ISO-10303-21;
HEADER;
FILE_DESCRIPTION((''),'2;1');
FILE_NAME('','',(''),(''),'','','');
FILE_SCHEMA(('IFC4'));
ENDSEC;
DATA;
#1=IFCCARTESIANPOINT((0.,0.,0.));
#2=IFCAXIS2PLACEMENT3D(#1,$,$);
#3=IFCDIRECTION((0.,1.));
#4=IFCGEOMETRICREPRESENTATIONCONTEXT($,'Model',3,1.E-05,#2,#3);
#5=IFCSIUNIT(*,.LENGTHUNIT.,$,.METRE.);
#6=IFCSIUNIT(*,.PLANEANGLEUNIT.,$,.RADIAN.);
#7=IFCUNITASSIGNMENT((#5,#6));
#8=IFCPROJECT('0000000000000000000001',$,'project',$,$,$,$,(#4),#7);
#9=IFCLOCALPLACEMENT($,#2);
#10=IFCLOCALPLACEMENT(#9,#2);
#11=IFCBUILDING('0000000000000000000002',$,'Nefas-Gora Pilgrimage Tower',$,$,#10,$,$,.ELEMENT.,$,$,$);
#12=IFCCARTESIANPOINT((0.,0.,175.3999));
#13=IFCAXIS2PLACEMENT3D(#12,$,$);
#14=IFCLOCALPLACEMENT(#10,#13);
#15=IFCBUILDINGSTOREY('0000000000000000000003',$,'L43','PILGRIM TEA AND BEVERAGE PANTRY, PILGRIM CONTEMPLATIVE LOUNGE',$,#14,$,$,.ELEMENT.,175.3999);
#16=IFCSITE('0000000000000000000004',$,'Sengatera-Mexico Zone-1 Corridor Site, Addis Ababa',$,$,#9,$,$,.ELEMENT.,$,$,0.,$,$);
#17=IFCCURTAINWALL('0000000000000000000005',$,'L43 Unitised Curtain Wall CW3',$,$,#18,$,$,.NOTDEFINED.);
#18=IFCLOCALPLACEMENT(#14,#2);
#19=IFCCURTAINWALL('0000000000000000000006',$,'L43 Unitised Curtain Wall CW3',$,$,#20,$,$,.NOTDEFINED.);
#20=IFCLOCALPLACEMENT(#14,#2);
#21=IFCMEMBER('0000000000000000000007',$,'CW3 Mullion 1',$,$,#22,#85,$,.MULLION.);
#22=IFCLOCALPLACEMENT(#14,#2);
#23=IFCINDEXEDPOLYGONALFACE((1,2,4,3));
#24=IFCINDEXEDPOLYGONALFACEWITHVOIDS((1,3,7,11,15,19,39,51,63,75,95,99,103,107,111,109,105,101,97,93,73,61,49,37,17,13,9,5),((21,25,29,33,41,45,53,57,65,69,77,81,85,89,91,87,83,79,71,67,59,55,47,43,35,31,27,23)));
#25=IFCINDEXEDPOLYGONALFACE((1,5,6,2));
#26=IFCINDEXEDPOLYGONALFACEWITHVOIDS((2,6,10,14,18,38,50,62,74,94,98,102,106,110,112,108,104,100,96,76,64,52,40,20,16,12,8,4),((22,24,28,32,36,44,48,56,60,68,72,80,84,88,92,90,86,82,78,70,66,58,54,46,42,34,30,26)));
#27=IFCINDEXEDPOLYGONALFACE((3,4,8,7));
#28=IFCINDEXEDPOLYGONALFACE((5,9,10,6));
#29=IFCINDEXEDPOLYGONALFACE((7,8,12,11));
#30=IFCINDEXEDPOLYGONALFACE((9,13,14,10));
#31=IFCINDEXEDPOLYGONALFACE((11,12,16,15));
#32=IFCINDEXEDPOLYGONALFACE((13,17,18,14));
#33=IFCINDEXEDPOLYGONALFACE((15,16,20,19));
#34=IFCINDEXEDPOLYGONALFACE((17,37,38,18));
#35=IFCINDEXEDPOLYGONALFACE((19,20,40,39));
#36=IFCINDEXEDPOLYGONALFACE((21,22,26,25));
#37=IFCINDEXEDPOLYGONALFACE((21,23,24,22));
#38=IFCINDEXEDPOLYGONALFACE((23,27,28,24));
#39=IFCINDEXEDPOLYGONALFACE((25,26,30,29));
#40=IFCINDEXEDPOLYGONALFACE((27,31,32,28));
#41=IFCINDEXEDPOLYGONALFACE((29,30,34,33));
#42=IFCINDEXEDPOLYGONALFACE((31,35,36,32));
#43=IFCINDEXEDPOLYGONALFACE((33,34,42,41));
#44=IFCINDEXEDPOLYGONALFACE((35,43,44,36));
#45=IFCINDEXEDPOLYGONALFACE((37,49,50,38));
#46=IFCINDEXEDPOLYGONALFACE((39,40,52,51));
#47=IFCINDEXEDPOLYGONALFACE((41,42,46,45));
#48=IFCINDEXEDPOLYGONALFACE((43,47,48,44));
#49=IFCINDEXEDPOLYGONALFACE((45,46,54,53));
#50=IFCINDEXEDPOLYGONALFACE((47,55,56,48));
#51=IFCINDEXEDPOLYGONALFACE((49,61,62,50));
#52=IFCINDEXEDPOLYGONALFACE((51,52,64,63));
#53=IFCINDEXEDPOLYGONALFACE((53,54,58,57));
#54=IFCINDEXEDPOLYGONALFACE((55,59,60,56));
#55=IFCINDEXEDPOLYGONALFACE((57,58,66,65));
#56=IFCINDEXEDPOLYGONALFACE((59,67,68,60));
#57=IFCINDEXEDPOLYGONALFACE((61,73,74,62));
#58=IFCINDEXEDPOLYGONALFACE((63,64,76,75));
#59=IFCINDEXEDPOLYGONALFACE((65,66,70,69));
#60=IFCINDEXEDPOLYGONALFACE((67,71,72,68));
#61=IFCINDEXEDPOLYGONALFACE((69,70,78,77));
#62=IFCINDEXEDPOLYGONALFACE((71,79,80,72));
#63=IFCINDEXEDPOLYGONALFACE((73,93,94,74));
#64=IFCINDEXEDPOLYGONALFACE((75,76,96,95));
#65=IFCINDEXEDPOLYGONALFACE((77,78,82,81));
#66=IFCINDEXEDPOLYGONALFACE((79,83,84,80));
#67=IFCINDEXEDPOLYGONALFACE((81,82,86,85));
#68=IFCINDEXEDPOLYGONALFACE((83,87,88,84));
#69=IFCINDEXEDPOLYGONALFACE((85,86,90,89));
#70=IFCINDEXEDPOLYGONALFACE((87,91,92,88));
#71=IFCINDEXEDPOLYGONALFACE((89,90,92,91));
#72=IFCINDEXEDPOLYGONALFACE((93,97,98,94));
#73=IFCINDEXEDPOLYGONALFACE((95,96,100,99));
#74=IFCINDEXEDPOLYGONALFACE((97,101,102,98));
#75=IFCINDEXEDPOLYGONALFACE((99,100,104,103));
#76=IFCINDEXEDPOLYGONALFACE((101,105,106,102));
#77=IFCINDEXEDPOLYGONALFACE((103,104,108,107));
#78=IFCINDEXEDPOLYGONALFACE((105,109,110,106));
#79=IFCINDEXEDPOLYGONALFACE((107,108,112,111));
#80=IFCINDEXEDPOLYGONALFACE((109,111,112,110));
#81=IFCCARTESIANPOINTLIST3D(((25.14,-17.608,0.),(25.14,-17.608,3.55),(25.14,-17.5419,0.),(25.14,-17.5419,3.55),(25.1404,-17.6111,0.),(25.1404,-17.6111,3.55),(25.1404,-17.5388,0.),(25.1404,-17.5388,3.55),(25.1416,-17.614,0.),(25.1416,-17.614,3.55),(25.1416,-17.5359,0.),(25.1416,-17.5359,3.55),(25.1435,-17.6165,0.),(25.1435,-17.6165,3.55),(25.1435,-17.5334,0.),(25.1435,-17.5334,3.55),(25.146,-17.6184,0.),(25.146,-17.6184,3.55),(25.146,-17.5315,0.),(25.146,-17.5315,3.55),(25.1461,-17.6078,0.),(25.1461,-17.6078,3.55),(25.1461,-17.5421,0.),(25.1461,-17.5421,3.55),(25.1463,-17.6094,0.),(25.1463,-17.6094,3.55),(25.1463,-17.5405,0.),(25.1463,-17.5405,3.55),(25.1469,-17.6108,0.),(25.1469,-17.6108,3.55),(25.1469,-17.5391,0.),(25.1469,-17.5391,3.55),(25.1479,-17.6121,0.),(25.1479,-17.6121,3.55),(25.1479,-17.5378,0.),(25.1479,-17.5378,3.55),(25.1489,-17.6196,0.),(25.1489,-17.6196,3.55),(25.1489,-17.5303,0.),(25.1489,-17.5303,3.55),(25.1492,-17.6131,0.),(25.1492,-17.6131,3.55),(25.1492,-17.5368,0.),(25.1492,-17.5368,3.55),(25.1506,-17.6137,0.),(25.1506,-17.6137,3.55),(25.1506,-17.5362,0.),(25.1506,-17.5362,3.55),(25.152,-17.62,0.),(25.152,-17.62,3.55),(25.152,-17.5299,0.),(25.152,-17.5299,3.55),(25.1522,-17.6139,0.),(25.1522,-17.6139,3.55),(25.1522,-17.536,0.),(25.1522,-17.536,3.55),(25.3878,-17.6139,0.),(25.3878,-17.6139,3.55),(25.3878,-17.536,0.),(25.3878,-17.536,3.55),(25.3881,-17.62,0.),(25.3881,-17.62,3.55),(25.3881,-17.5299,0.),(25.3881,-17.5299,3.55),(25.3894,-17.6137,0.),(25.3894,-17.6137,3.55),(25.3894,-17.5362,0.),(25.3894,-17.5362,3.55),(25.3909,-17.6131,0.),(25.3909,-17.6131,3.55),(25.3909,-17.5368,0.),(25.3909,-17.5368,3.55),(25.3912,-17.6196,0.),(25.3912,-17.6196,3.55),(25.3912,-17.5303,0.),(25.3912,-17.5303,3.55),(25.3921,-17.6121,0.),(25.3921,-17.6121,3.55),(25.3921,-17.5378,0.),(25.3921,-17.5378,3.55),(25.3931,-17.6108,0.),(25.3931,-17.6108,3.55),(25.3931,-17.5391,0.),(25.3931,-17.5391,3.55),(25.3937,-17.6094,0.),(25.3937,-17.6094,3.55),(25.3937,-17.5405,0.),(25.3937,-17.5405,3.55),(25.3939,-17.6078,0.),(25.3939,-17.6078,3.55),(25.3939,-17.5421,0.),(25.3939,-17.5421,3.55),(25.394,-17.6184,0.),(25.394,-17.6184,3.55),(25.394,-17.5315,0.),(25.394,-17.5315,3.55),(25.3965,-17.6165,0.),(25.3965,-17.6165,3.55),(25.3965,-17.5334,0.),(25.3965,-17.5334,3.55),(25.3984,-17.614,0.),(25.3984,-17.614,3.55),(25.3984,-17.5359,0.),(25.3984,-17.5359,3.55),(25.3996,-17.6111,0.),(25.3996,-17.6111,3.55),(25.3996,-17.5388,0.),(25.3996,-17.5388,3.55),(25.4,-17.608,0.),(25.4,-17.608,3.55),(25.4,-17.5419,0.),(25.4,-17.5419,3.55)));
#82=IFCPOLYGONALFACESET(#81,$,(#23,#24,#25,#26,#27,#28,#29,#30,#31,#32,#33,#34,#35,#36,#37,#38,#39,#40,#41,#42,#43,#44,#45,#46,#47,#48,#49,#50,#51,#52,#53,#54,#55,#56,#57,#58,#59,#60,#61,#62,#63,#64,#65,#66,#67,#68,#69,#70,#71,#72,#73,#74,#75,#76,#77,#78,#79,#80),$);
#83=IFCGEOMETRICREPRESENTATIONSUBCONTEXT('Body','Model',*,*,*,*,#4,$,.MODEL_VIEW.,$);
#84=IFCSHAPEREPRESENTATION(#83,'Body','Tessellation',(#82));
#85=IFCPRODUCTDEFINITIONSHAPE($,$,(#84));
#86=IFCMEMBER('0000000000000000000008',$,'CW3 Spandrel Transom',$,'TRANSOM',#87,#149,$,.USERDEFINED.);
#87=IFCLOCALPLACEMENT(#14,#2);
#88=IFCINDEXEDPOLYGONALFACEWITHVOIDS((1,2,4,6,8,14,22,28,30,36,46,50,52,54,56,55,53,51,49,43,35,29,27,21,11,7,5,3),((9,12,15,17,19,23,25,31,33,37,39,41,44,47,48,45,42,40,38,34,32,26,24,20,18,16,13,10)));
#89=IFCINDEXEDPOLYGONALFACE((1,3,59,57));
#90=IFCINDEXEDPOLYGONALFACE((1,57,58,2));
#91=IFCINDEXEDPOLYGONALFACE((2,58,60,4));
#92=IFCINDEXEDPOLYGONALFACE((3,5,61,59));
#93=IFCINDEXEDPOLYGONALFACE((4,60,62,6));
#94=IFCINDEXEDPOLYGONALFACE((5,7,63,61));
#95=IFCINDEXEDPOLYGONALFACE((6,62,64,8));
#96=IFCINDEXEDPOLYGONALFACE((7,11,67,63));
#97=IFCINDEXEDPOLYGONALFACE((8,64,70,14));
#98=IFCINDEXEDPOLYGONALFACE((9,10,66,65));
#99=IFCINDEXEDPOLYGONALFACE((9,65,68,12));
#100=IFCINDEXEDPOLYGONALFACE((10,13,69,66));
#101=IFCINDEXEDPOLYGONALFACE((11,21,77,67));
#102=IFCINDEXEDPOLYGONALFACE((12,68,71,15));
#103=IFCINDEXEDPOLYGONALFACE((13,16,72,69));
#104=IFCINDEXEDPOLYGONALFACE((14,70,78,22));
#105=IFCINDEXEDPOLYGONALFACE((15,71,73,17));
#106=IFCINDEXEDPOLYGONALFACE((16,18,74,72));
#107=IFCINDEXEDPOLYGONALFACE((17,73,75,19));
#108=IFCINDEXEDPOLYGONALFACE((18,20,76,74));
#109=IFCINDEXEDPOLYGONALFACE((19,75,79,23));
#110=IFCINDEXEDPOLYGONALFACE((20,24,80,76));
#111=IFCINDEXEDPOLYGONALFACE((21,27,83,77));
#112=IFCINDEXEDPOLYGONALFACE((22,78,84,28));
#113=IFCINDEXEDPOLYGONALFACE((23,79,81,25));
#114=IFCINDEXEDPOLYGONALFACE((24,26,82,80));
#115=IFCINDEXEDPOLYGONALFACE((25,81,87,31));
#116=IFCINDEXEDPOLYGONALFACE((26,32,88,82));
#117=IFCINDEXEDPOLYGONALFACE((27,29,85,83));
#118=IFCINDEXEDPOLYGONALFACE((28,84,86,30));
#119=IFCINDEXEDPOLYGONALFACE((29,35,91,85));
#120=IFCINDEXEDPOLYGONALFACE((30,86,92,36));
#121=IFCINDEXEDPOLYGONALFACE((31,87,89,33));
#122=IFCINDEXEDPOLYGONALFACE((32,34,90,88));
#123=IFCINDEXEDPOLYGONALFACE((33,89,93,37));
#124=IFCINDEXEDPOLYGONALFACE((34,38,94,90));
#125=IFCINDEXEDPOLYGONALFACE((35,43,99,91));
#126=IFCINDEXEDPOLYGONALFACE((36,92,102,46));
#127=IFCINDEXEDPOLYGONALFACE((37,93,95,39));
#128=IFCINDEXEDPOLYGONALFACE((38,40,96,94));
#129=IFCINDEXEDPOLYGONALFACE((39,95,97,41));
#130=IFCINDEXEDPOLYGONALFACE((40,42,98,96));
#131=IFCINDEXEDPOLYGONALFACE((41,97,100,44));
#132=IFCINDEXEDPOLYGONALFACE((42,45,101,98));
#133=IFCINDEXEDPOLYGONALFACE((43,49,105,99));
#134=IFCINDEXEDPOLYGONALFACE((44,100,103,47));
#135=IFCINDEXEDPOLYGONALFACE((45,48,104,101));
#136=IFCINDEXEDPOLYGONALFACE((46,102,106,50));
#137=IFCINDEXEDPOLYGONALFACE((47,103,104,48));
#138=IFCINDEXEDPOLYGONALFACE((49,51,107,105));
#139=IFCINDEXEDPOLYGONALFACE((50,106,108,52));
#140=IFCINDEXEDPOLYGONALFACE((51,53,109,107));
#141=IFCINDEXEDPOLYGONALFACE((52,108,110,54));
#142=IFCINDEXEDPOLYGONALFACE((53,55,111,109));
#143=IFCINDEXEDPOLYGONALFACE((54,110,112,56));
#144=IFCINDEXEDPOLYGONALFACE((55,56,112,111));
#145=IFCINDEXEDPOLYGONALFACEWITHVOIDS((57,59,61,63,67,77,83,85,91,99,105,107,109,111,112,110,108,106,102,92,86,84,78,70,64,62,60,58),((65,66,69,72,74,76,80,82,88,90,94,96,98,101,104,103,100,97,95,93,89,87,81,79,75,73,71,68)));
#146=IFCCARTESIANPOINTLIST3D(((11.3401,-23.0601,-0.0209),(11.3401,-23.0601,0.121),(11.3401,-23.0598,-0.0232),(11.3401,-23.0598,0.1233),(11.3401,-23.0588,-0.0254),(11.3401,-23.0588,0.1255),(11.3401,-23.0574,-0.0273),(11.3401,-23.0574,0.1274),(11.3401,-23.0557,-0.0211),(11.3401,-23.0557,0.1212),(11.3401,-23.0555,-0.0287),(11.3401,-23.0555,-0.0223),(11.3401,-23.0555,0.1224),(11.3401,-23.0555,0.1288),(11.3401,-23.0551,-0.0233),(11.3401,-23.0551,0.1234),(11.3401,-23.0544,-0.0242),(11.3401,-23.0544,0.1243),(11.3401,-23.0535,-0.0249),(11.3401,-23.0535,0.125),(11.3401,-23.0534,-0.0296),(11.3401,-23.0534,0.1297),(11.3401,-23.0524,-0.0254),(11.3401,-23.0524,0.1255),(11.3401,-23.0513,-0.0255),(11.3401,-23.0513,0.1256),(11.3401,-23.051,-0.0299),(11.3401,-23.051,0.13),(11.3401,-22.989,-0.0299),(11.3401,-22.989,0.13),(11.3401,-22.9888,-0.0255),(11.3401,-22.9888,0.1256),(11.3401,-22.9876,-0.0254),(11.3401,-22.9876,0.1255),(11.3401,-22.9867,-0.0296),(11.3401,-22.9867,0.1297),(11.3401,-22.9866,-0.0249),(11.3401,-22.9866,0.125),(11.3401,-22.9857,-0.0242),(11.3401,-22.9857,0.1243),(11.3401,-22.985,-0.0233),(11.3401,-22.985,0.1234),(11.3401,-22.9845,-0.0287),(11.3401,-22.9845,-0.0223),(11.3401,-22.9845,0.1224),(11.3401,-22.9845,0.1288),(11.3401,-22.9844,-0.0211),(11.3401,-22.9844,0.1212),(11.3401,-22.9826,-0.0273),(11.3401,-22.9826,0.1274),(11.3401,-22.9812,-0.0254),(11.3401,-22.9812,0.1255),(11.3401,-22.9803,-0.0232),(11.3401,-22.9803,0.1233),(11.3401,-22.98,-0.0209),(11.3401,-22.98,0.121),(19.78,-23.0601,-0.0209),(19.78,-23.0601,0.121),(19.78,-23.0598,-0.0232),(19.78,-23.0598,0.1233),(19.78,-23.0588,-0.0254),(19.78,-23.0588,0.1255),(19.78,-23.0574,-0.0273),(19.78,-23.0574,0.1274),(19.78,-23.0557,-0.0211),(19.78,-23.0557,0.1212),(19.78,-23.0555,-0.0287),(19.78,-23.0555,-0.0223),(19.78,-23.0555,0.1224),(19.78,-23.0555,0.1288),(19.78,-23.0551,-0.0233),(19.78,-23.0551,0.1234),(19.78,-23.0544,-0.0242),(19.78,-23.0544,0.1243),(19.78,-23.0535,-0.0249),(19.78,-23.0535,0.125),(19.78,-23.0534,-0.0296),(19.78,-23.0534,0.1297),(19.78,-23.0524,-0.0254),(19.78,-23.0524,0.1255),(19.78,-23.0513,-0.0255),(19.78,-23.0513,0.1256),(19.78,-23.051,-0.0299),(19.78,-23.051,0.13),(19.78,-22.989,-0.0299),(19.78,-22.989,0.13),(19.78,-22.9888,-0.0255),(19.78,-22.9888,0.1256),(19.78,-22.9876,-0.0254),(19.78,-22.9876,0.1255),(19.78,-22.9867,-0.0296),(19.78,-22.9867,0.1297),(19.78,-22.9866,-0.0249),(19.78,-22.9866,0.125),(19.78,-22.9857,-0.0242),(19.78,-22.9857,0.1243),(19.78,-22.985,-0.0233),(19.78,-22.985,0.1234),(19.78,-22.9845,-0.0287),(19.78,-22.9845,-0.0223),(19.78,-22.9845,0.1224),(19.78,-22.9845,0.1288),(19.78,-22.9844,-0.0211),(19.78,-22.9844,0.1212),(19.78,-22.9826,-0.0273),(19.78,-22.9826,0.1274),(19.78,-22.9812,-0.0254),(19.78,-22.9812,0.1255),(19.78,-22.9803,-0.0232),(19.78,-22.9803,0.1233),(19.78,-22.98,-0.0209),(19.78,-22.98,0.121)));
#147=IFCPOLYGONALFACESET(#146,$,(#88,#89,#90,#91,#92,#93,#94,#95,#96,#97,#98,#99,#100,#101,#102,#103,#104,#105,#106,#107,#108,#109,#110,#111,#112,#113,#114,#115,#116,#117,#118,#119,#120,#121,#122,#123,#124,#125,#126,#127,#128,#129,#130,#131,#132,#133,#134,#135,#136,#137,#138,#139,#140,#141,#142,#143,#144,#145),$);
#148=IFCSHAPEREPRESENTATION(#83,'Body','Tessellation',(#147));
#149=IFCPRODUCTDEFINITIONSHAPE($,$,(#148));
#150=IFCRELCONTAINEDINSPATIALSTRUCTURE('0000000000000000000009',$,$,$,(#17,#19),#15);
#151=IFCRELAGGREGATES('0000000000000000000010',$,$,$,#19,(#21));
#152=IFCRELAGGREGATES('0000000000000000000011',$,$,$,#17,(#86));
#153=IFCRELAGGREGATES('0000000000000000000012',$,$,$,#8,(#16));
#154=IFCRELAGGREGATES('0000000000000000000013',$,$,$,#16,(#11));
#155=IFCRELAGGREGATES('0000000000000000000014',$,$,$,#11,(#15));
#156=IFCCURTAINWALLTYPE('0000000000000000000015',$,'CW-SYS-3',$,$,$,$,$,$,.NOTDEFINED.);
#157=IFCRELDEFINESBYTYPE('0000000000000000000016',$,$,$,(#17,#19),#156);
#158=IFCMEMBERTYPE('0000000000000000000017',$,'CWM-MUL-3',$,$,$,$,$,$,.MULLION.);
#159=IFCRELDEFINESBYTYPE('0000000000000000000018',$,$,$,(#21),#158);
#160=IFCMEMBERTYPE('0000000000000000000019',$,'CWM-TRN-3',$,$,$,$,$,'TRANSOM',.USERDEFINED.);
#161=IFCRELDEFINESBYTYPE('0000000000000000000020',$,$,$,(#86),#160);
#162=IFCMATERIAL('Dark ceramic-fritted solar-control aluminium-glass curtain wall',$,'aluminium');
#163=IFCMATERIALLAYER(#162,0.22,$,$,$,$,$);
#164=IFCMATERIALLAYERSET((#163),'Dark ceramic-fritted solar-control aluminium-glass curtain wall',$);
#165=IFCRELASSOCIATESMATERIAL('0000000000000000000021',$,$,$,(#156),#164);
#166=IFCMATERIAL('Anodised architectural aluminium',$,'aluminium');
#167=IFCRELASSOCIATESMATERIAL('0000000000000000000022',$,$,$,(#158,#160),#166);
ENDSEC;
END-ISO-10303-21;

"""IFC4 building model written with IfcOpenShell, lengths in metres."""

from ifc_helpers import new_model, si_unit, direction, frame, origin, origin_2d, place, context, subcontext, project, spatial, hollow_rectangle, extrude, source, transform, mapped, material, layer, layer_set, material_profile, profile_set, type_object, element, aggregate, save


model = new_model("IFC4")

# Units and contexts
model_context = context("Model", 3, precision=1e-05, world=origin(), true_north=direction((0.0, 1.0)))
body_context = subcontext(model_context, "Body", "Model", "MODEL_VIEW")
ifc_project = project(units=[si_unit("LENGTHUNIT", "METRE"), si_unit("PLANEANGLEUNIT", "RADIAN")], contexts=[model_context])

# Site, building, storey
site_placement = place(None, origin())
site = spatial("IfcSite", under=ifc_project, at=site_placement, Name="Sengatera-Mexico Zone-1 Corridor Site, Addis Ababa", CompositionType="ELEMENT", RefElevation=0.0)
building_placement = place(site_placement, origin())
building = spatial("IfcBuilding", under=site, at=building_placement, Name="Nefas-Gora Pilgrimage Tower", CompositionType="ELEMENT")
storey_placement = place(building_placement, frame((0.0, 0.0, 175.3999)))
storey = spatial("IfcBuildingStorey", under=building, at=storey_placement, Name="L43", Description="PILGRIM TEA AND BEVERAGE PANTRY, PILGRIM CONTEMPLATIVE LOUNGE", CompositionType="ELEMENT", Elevation=175.3999)

# Curtain wall
ifc_material_1 = material(Name="Dark ceramic-fritted solar-control aluminium-glass curtain wall", Category="aluminium")
ifc_layer_1 = layer(ifc_material_1, 0.22)
ifc_layer_set_1 = layer_set([ifc_layer_1], Name="Dark ceramic-fritted solar-control aluminium-glass curtain wall")
curtain_wall_type = type_object("IfcCurtainWallType", Name="CW-SYS-3", PredefinedType="NOTDEFINED", material=ifc_layer_set_1)
curtain_wall_1_placement = place(storey_placement, origin())
curtain_wall_1 = element("IfcCurtainWall", 1, at=curtain_wall_1_placement, inside=storey, type_object=curtain_wall_type, Name="L43 Unitised Curtain Wall CW3", PredefinedType="NOTDEFINED")
ifc_material_2 = material(Name="Anodised architectural aluminium", Category="aluminium")
ifc_material_profile_1 = material_profile(ifc_material_2, hollow_rectangle(XDim=0.0901, YDim=0.26, WallThickness=0.0061, InnerFilletRadius=0.0061, OuterFilletRadius=0.012, at=origin_2d()), Name="ALU MULLION 90x260")
ifc_profile_set_1 = profile_set([ifc_material_profile_1], Name="Anodised architectural aluminium")
member_type_1 = type_object("IfcMemberType", Name="CWM-MUL-3", PredefinedType="MULLION", material=ifc_profile_set_1)
shared_shape_1 = source(origin(), body_context, "Body", "SweptSolid", [
    extrude(hollow_rectangle(XDim=0.0901, YDim=0.26, WallThickness=0.0061, InnerFilletRadius=0.0061, OuterFilletRadius=0.012, at=origin_2d()), origin(), (0.0, 0.0, 1.0), 3.55),
])

# Curtain wall, member
curtain_wall_2_placement = place(storey_placement, origin())
curtain_wall_2 = element("IfcCurtainWall", 2, at=curtain_wall_2_placement, inside=storey, type_object=curtain_wall_type, Name="L43 Unitised Curtain Wall CW3", PredefinedType="NOTDEFINED")
member_1_placement = place(storey_placement, frame((25.27, -17.575, 0.0), z_axis=(0.0, 0.0, 1.0), x_axis=(0.0, 1.0, 0.0)))
member_1 = element("IfcMember", 3, at=member_1_placement, type_object=member_type_1, Name="CW3 Mullion 1", PredefinedType="MULLION", context=body_context, shape_type="MappedRepresentation", body=[
    mapped(shared_shape_1, transform((0.0, 0.0, 0.0), x_axis=(1.0, 0.0, 0.0), y_axis=(0.0, 1.0, 0.0), z_axis=(0.0, 0.0, 1.0), scale=1.0)),
])

# Member
ifc_material_profile_2 = material_profile(ifc_material_2, hollow_rectangle(XDim=0.0801, YDim=0.1599, WallThickness=0.0044, InnerFilletRadius=0.0044, OuterFilletRadius=0.009, at=origin_2d()), Name="ALU TRANSOM 80x160")
ifc_profile_set_2 = profile_set([ifc_material_profile_2], Name="Anodised architectural aluminium")
member_type_2 = type_object("IfcMemberType", Name="CWM-TRN-3", ElementType="TRANSOM", PredefinedType="USERDEFINED", material=ifc_profile_set_2)
shared_shape_2 = source(origin(), body_context, "Body", "SweptSolid", [
    extrude(hollow_rectangle(XDim=0.0801, YDim=0.1599, WallThickness=0.0044, InnerFilletRadius=0.0044, OuterFilletRadius=0.009, at=origin_2d()), origin(), (0.0, 0.0, 1.0), 8.4399),
])
member_2_placement = place(storey_placement, frame((11.3401, -23.02, 0.05), z_axis=(1.0, 0.0, 0.0), x_axis=(0.0, 1.0, 0.0)))
member_2 = element("IfcMember", 4, at=member_2_placement, type_object=member_type_2, Name="CW3 Spandrel Transom", ObjectType="TRANSOM", PredefinedType="USERDEFINED", context=body_context, shape_type="MappedRepresentation", body=[
    mapped(shared_shape_2, transform((0.0, 0.0, 0.0), x_axis=(1.0, 0.0, 0.0), y_axis=(0.0, 1.0, 0.0), z_axis=(0.0, 0.0, 1.0), scale=1.0)),
])
aggregate(curtain_wall_2, [member_1])

aggregate(curtain_wall_1, [member_2])

save(model, "model.ifc")
